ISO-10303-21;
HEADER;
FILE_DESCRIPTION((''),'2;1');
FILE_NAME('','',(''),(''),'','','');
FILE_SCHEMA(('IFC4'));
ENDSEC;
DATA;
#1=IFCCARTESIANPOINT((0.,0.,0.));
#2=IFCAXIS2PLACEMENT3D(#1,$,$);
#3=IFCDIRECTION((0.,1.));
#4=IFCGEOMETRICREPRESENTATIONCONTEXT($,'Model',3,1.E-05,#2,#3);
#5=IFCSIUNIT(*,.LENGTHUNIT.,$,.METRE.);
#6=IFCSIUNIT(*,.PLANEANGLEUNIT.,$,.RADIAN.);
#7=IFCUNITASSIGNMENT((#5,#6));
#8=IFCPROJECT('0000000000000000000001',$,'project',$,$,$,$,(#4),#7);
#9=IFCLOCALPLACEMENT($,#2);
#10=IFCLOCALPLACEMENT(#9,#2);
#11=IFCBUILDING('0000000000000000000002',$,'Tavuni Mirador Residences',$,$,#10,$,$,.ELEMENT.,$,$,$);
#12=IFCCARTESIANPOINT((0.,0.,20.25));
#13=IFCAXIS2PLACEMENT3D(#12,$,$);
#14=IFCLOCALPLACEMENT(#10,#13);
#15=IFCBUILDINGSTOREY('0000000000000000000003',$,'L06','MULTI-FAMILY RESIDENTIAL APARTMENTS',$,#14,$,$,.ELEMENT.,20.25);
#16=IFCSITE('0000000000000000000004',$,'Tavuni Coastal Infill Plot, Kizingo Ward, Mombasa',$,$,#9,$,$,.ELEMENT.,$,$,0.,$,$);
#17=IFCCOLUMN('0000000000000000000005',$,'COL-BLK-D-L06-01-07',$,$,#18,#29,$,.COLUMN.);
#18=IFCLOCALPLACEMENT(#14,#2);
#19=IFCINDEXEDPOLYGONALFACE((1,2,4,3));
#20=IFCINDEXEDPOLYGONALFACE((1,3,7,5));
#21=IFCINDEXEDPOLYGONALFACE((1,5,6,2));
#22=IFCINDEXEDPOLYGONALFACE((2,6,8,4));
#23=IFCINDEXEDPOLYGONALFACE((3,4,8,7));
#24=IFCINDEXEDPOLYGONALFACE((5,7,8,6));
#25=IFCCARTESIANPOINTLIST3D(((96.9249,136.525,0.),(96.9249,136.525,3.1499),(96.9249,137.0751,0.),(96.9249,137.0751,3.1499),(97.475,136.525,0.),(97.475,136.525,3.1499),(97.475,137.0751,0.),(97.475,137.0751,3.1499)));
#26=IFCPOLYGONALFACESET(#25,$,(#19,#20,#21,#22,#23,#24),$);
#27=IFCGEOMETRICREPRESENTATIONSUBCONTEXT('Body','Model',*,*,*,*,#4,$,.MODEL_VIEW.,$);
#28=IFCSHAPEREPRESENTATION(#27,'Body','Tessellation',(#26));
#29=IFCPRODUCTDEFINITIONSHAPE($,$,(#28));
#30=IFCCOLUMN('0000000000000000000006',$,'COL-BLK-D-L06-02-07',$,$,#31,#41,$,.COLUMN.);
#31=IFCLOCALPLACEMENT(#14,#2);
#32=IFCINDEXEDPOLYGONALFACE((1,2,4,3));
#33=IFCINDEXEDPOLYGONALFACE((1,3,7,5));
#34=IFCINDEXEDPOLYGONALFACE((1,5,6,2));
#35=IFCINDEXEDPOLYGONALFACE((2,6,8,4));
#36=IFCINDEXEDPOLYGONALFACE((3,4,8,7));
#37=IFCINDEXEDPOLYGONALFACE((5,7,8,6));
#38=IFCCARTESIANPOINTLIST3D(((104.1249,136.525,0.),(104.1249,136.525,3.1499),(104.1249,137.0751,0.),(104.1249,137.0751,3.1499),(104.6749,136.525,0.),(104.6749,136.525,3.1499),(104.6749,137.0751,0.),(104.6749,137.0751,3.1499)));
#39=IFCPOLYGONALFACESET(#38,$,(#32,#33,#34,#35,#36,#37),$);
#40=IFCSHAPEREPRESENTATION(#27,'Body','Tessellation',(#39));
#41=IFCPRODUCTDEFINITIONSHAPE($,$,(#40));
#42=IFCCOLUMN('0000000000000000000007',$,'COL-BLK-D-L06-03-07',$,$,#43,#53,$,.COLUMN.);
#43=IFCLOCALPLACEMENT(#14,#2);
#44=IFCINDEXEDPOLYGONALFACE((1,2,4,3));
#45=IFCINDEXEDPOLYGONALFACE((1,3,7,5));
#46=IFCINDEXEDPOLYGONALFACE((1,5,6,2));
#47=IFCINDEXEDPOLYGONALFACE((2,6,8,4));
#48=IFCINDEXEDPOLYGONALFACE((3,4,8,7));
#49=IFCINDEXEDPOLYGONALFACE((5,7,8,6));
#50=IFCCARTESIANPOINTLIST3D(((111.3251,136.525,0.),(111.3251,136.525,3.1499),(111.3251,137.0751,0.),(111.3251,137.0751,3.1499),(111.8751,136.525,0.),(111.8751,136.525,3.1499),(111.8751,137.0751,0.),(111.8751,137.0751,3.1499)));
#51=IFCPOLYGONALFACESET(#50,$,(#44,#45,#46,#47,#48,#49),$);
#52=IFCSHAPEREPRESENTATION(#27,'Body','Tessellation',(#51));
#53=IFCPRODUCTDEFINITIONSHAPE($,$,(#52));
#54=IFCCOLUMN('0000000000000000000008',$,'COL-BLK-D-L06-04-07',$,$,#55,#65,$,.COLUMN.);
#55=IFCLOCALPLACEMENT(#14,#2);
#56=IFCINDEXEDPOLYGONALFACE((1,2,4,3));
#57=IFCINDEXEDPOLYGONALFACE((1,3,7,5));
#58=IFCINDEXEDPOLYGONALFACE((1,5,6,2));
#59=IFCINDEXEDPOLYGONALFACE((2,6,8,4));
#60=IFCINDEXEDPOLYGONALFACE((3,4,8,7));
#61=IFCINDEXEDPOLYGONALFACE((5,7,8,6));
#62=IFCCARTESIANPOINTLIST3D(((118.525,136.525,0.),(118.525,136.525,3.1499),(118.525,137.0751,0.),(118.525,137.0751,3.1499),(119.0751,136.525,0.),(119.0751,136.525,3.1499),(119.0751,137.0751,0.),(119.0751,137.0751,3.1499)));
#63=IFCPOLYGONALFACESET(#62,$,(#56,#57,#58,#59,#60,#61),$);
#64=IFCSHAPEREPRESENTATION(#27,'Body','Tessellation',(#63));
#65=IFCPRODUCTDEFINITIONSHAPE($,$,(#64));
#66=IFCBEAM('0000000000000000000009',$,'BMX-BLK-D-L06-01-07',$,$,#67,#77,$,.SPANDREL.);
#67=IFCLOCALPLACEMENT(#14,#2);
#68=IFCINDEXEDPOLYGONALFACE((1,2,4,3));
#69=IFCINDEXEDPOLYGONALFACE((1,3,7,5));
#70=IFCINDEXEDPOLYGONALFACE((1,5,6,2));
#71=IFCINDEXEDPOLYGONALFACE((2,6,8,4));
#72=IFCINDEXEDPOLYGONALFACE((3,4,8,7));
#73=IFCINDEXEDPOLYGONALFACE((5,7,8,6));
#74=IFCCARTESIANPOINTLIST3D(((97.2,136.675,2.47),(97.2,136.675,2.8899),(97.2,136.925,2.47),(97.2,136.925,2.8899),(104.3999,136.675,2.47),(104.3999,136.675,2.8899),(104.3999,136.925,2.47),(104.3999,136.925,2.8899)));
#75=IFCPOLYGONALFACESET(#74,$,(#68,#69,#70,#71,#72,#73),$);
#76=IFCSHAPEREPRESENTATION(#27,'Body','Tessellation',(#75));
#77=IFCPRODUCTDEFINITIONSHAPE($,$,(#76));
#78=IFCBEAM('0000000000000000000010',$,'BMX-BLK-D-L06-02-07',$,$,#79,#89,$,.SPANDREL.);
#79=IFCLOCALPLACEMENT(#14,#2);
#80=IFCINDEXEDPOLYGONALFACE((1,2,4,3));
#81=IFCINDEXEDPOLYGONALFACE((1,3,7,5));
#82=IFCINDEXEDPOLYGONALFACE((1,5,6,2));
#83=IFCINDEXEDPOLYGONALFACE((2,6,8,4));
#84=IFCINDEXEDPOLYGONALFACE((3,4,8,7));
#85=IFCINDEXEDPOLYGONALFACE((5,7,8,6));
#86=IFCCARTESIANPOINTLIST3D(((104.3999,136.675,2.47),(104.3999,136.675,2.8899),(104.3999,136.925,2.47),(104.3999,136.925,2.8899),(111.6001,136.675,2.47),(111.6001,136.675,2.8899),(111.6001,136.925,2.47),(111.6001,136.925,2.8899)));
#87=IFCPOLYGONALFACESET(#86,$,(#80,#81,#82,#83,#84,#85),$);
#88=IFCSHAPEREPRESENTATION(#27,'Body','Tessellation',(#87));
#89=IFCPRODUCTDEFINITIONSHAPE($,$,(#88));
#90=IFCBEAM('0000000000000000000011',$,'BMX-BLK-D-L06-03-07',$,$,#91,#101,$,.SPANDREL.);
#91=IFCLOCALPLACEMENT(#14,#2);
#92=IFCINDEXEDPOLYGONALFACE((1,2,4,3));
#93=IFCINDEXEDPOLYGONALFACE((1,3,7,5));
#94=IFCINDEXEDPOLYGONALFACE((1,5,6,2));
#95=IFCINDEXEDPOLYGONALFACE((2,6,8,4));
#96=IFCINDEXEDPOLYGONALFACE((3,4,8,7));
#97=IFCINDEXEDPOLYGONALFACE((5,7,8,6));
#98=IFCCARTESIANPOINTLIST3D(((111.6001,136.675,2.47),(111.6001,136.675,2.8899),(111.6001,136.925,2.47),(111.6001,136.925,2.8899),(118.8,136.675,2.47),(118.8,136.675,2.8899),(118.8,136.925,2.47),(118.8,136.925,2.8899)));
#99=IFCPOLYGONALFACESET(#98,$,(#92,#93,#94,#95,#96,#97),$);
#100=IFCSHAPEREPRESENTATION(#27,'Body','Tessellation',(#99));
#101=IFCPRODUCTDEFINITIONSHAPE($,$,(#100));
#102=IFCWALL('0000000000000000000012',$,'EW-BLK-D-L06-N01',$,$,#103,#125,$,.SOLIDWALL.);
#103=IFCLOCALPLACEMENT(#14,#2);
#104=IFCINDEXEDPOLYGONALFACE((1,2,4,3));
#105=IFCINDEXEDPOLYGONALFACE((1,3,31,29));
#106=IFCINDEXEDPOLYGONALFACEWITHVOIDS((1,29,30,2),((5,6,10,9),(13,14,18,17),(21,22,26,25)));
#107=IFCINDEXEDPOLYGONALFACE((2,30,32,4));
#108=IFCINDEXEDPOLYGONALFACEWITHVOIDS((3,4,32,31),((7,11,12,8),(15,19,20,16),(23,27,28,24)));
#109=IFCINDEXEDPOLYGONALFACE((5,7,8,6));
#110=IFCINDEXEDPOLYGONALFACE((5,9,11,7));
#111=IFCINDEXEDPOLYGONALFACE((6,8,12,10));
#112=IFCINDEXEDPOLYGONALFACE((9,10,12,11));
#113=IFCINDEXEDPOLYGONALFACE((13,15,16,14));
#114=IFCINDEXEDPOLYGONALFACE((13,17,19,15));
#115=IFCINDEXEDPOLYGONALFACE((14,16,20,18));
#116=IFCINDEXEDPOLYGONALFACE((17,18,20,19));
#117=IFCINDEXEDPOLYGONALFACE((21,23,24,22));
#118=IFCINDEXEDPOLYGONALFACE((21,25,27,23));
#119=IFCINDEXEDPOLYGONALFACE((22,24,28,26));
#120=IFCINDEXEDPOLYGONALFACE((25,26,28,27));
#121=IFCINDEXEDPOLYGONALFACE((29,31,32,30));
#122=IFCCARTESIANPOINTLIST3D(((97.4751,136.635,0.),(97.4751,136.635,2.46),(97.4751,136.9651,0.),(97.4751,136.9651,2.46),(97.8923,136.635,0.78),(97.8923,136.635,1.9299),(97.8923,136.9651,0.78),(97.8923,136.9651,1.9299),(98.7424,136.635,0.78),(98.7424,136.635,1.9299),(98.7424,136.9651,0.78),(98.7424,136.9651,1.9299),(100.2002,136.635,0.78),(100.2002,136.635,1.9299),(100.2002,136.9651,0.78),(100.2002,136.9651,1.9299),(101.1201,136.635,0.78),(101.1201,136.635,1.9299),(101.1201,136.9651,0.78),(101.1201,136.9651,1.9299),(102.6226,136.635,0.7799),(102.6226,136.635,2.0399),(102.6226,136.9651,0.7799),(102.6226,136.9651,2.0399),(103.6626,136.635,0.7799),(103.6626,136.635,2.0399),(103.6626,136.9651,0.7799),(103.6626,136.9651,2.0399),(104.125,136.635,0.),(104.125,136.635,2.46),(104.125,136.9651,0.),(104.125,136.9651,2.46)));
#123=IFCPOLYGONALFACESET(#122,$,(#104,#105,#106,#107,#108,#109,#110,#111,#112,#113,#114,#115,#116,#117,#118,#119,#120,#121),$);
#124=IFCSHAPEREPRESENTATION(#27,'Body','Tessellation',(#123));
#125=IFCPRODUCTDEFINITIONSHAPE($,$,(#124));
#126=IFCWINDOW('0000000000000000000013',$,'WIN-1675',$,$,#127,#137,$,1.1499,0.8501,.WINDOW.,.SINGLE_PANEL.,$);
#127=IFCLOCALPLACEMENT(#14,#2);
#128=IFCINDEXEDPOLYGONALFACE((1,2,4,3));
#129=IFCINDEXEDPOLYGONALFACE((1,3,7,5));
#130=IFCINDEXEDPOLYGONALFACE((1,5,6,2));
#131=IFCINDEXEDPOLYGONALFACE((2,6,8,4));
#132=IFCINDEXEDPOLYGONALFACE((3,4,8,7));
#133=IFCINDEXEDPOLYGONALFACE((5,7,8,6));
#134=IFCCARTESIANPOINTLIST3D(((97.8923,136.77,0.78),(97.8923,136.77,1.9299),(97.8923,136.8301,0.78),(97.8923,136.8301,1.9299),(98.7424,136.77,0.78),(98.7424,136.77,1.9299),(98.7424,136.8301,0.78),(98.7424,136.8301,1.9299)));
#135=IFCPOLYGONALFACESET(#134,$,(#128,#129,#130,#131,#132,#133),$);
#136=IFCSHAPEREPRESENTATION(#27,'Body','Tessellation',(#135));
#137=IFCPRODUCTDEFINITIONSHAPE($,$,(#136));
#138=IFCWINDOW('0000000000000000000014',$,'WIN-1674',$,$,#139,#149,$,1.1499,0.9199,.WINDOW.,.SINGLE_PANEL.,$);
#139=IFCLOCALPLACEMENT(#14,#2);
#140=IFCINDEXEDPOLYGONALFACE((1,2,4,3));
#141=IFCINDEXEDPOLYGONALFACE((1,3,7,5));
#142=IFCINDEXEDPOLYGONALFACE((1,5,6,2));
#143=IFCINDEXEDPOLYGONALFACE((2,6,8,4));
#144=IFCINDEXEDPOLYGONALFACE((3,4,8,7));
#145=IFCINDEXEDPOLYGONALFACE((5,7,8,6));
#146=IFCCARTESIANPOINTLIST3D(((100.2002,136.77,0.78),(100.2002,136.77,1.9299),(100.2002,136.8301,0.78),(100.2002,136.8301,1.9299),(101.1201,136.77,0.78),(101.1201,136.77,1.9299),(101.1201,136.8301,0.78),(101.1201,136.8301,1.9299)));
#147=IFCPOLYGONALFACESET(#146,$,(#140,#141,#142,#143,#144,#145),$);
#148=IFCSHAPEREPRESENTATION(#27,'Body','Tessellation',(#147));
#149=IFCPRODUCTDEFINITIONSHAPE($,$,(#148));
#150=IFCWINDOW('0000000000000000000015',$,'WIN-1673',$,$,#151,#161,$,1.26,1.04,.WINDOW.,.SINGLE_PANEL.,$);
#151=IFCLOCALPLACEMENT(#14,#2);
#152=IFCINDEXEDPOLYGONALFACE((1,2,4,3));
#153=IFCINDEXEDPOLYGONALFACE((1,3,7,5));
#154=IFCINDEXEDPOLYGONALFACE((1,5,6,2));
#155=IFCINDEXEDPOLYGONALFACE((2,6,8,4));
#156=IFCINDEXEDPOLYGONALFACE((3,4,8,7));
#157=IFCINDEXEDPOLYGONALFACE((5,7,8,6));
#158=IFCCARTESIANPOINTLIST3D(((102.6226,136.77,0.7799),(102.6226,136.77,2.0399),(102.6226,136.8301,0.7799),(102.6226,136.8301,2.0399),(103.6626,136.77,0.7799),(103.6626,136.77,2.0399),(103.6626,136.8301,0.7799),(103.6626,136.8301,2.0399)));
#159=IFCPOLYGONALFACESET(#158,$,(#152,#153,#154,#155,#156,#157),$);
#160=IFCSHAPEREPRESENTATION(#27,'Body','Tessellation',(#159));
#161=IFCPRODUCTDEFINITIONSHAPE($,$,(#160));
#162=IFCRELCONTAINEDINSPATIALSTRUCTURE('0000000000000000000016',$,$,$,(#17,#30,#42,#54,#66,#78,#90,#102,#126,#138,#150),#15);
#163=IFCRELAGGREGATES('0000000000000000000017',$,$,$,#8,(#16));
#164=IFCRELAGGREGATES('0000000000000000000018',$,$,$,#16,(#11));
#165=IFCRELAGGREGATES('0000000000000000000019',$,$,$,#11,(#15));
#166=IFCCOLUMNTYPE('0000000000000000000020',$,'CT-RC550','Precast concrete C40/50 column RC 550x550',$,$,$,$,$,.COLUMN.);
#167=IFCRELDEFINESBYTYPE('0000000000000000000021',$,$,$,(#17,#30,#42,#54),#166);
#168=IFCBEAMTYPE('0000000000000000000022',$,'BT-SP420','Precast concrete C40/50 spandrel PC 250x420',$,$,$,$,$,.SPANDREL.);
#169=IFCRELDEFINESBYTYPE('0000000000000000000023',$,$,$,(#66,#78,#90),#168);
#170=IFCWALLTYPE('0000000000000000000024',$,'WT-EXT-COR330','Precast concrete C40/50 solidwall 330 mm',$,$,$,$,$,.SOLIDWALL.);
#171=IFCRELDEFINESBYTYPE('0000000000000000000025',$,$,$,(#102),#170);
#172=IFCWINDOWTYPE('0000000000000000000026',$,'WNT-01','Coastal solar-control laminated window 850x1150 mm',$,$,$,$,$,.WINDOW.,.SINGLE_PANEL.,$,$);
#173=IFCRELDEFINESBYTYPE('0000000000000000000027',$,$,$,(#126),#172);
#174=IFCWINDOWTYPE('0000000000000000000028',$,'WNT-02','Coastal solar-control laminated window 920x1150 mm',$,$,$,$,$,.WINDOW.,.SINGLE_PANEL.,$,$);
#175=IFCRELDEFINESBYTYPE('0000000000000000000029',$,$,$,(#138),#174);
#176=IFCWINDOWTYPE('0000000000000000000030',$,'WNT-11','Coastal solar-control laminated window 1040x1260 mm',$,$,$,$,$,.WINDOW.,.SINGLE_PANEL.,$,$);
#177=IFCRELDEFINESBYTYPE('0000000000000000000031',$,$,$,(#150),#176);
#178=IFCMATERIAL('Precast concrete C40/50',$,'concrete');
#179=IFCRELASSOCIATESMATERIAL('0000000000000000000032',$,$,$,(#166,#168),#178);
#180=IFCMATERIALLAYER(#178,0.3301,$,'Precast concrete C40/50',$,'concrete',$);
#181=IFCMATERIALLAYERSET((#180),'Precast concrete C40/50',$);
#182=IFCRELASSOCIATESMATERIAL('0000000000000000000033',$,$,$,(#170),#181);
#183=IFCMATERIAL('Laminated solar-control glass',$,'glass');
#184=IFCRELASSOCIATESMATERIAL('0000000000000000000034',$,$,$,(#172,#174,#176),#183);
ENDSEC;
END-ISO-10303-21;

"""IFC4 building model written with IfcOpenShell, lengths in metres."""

from ifc_helpers import new_model, si_unit, direction, frame, frame_2d, origin, origin_2d, place, context, subcontext, project, spatial, rectangle, extrude, material, layer, layer_set, material_profile, profile_set, type_object, element, fill, save


model = new_model("IFC4")

# Units and contexts
model_context = context("Model", 3, precision=1e-05, world=origin(), true_north=direction((0.0, 1.0)))
body_context = subcontext(model_context, "Body", "Model", "MODEL_VIEW")
ifc_project = project(units=[si_unit("LENGTHUNIT", "METRE"), si_unit("PLANEANGLEUNIT", "RADIAN")], contexts=[model_context])

# Site, building, storey
site_placement = place(None, origin())
site = spatial("IfcSite", under=ifc_project, at=site_placement, Name="Tavuni Coastal Infill Plot, Kizingo Ward, Mombasa", CompositionType="ELEMENT", RefElevation=0.0)
building_placement = place(site_placement, origin())
building = spatial("IfcBuilding", under=site, at=building_placement, Name="Tavuni Mirador Residences", CompositionType="ELEMENT")
storey_placement = place(building_placement, frame((0.0, 0.0, 20.25)))
storey = spatial("IfcBuildingStorey", under=building, at=storey_placement, Name="L06", Description="MULTI-FAMILY RESIDENTIAL APARTMENTS", CompositionType="ELEMENT", Elevation=20.25)

# Columns
ifc_material_1 = material(Name="Precast concrete C40/50", Category="concrete")
ifc_material_profile_1 = material_profile(ifc_material_1, rectangle(XDim=0.55, YDim=0.55, at=origin_2d()), Name="RC 550x550", Category="concrete")
ifc_profile_set_1 = profile_set([ifc_material_profile_1], Name="Precast concrete C40/50")
column_type = type_object("IfcColumnType", Name="CT-RC550", Description="Precast concrete C40/50 column RC 550x550", PredefinedType="COLUMN", material=ifc_profile_set_1)
for number, where, z_axis, x_axis, name in (
    (1, (97.2, 136.8, 0.0), (0.0, 0.0, 1.0), (1.0, 0.0, 0.0), "COL-BLK-D-L06-01-07"),
    (2, (104.3999, 136.8, 0.0), (0.0, 0.0, 1.0), (1.0, 0.0, 0.0), "COL-BLK-D-L06-02-07"),
    (3, (111.6001, 136.8, 0.0), (0.0, 0.0, 1.0), (1.0, 0.0, 0.0), "COL-BLK-D-L06-03-07"),
    (4, (118.8, 136.8, 0.0), (0.0, 0.0, 1.0), (1.0, 0.0, 0.0), "COL-BLK-D-L06-04-07"),
):
    element("IfcColumn", number, at=place(storey_placement, frame(where, z_axis=z_axis, x_axis=x_axis)), inside=storey, type_object=column_type, Name=name, PredefinedType="COLUMN", context=body_context, shape_type="SweptSolid", body=[
        extrude(rectangle(XDim=0.55, YDim=0.55, at=origin_2d()), origin(), (0.0, 0.0, 1.0), 3.1499),
    ])

# Beams
ifc_material_profile_2 = material_profile(ifc_material_1, rectangle(XDim=0.25, YDim=0.4199, at=origin_2d()), Name="PC 250x420", Category="concrete")
ifc_profile_set_2 = profile_set([ifc_material_profile_2], Name="Precast concrete C40/50")
beam_type = type_object("IfcBeamType", Name="BT-SP420", Description="Precast concrete C40/50 spandrel PC 250x420", PredefinedType="SPANDREL", material=ifc_profile_set_2)
beam_1_placement = place(storey_placement, frame((97.2, 136.8, 2.6799), z_axis=(1.0, 0.0, 0.0), x_axis=(0.0, 1.0, 0.0)))
element("IfcBeam", 5, at=beam_1_placement, inside=storey, type_object=beam_type, Name="BMX-BLK-D-L06-01-07", PredefinedType="SPANDREL", context=body_context, shape_type="SweptSolid", body=[
    extrude(rectangle(XDim=0.25, YDim=0.4199, at=origin_2d()), origin(), (0.0, 0.0, 1.0), 7.2),
])
beam_2_placement = place(storey_placement, frame((104.3999, 136.8, 2.6799), z_axis=(1.0, 0.0, 0.0), x_axis=(0.0, 1.0, 0.0)))
element("IfcBeam", 6, at=beam_2_placement, inside=storey, type_object=beam_type, Name="BMX-BLK-D-L06-02-07", PredefinedType="SPANDREL", context=body_context, shape_type="SweptSolid", body=[
    extrude(rectangle(XDim=0.25, YDim=0.4199, at=origin_2d()), origin(), (0.0, 0.0, 1.0), 7.2002),
])
beam_3_placement = place(storey_placement, frame((111.6001, 136.8, 2.6799), z_axis=(1.0, 0.0, 0.0), x_axis=(0.0, 1.0, 0.0)))
element("IfcBeam", 7, at=beam_3_placement, inside=storey, type_object=beam_type, Name="BMX-BLK-D-L06-03-07", PredefinedType="SPANDREL", context=body_context, shape_type="SweptSolid", body=[
    extrude(rectangle(XDim=0.25, YDim=0.4199, at=origin_2d()), origin(), (0.0, 0.0, 1.0), 7.2),
])

# Wall, openings, windows
ifc_layer_1 = layer(ifc_material_1, 0.3301, Name="Precast concrete C40/50", Category="concrete")
ifc_layer_set_1 = layer_set([ifc_layer_1], Name="Precast concrete C40/50")
wall_type_1 = type_object("IfcWallType", Name="WT-EXT-COR330", Description="Precast concrete C40/50 solidwall 330 mm", PredefinedType="SOLIDWALL", material=ifc_layer_set_1)
wall_1_placement = place(storey_placement, frame((104.125, 136.8, 0.0), z_axis=(0.0, 0.0, 1.0), x_axis=(-1.0, 0.0, 0.0)))
wall_1 = element("IfcWall", 8, at=wall_1_placement, inside=storey, type_object=wall_type_1, Name="EW-BLK-D-L06-N01", PredefinedType="SOLIDWALL", context=body_context, shape_type="SweptSolid", body=[
    extrude(rectangle(XDim=6.6499, YDim=0.3301, at=frame_2d((3.325, 0.0))), origin(), (0.0, 0.0, 1.0), 2.46),
])
opening_1_placement = place(wall_1_placement, frame((0.4624, 0.0, 0.78)))
opening_1 = element("IfcOpeningElement", 9, at=opening_1_placement, cuts=wall_1, PredefinedType="OPENING", context=body_context, shape_type="SweptSolid", body=[
    extrude(rectangle(XDim=1.04, YDim=1.26, at=frame_2d((0.52, 0.6299))), frame((0.0, 0.175, 0.0), z_axis=(0.0, -1.0, 0.0), x_axis=(1.0, 0.0, 0.0)), (0.0, 0.0, 1.0), 0.3501),
])
opening_2_placement = place(wall_1_placement, frame((3.0049, 0.0, 0.78)))
opening_2 = element("IfcOpeningElement", 10, at=opening_2_placement, cuts=wall_1, PredefinedType="OPENING", context=body_context, shape_type="SweptSolid", body=[
    extrude(rectangle(XDim=0.9199, YDim=1.1499, at=frame_2d((0.46, 0.575))), frame((0.0, 0.175, 0.0), z_axis=(0.0, -1.0, 0.0), x_axis=(1.0, 0.0, 0.0)), (0.0, 0.0, 1.0), 0.3501),
])
opening_3_placement = place(wall_1_placement, frame((5.3826, 0.0, 0.78)))
opening_3 = element("IfcOpeningElement", 11, at=opening_3_placement, cuts=wall_1, PredefinedType="OPENING", context=body_context, shape_type="SweptSolid", body=[
    extrude(rectangle(XDim=0.8501, YDim=1.1499, at=frame_2d((0.425, 0.575))), frame((0.0, 0.175, 0.0), z_axis=(0.0, -1.0, 0.0), x_axis=(1.0, 0.0, 0.0)), (0.0, 0.0, 1.0), 0.3501),
])
ifc_material_2 = material(Name="Laminated solar-control glass", Category="glass")
window_type_1 = type_object("IfcWindowType", Name="WNT-01", Description="Coastal solar-control laminated window 850x1150 mm", PartitioningType="SINGLE_PANEL", PredefinedType="WINDOW", material=ifc_material_2)
window_1_placement = place(opening_3_placement, origin())
window_1 = element("IfcWindow", 12, at=window_1_placement, inside=storey, type_object=window_type_1, Name="WIN-1675", OverallHeight=1.1499, OverallWidth=0.8501, PartitioningType="SINGLE_PANEL", PredefinedType="WINDOW", context=body_context, shape_type="SweptSolid", body=[
    extrude(rectangle(XDim=0.8501, YDim=1.1499, at=frame_2d((0.425, 0.575))), frame((0.0, 0.03, 0.0), z_axis=(0.0, -1.0, 0.0), x_axis=(1.0, 0.0, 0.0)), (0.0, 0.0, 1.0), 0.0601),
])
fill(opening_3, window_1)
window_type_2 = type_object("IfcWindowType", Name="WNT-02", Description="Coastal solar-control laminated window 920x1150 mm", PartitioningType="SINGLE_PANEL", PredefinedType="WINDOW", material=ifc_material_2)
window_2_placement = place(opening_2_placement, origin())
window_2 = element("IfcWindow", 13, at=window_2_placement, inside=storey, type_object=window_type_2, Name="WIN-1674", OverallHeight=1.1499, OverallWidth=0.9199, PartitioningType="SINGLE_PANEL", PredefinedType="WINDOW", context=body_context, shape_type="SweptSolid", body=[
    extrude(rectangle(XDim=0.9199, YDim=1.1499, at=frame_2d((0.46, 0.575))), frame((0.0, 0.03, 0.0), z_axis=(0.0, -1.0, 0.0), x_axis=(1.0, 0.0, 0.0)), (0.0, 0.0, 1.0), 0.0601),
])
fill(opening_2, window_2)
window_type_3 = type_object("IfcWindowType", Name="WNT-11", Description="Coastal solar-control laminated window 1040x1260 mm", PartitioningType="SINGLE_PANEL", PredefinedType="WINDOW", material=ifc_material_2)
window_3_placement = place(opening_1_placement, origin())
window_3 = element("IfcWindow", 14, at=window_3_placement, inside=storey, type_object=window_type_3, Name="WIN-1673", OverallHeight=1.26, OverallWidth=1.04, PartitioningType="SINGLE_PANEL", PredefinedType="WINDOW", context=body_context, shape_type="SweptSolid", body=[
    extrude(rectangle(XDim=1.04, YDim=1.26, at=frame_2d((0.52, 0.6299))), frame((0.0, 0.03, 0.0), z_axis=(0.0, -1.0, 0.0), x_axis=(1.0, 0.0, 0.0)), (0.0, 0.0, 1.0), 0.0601),
])
fill(opening_1, window_3)

save(model, "model.ifc")
